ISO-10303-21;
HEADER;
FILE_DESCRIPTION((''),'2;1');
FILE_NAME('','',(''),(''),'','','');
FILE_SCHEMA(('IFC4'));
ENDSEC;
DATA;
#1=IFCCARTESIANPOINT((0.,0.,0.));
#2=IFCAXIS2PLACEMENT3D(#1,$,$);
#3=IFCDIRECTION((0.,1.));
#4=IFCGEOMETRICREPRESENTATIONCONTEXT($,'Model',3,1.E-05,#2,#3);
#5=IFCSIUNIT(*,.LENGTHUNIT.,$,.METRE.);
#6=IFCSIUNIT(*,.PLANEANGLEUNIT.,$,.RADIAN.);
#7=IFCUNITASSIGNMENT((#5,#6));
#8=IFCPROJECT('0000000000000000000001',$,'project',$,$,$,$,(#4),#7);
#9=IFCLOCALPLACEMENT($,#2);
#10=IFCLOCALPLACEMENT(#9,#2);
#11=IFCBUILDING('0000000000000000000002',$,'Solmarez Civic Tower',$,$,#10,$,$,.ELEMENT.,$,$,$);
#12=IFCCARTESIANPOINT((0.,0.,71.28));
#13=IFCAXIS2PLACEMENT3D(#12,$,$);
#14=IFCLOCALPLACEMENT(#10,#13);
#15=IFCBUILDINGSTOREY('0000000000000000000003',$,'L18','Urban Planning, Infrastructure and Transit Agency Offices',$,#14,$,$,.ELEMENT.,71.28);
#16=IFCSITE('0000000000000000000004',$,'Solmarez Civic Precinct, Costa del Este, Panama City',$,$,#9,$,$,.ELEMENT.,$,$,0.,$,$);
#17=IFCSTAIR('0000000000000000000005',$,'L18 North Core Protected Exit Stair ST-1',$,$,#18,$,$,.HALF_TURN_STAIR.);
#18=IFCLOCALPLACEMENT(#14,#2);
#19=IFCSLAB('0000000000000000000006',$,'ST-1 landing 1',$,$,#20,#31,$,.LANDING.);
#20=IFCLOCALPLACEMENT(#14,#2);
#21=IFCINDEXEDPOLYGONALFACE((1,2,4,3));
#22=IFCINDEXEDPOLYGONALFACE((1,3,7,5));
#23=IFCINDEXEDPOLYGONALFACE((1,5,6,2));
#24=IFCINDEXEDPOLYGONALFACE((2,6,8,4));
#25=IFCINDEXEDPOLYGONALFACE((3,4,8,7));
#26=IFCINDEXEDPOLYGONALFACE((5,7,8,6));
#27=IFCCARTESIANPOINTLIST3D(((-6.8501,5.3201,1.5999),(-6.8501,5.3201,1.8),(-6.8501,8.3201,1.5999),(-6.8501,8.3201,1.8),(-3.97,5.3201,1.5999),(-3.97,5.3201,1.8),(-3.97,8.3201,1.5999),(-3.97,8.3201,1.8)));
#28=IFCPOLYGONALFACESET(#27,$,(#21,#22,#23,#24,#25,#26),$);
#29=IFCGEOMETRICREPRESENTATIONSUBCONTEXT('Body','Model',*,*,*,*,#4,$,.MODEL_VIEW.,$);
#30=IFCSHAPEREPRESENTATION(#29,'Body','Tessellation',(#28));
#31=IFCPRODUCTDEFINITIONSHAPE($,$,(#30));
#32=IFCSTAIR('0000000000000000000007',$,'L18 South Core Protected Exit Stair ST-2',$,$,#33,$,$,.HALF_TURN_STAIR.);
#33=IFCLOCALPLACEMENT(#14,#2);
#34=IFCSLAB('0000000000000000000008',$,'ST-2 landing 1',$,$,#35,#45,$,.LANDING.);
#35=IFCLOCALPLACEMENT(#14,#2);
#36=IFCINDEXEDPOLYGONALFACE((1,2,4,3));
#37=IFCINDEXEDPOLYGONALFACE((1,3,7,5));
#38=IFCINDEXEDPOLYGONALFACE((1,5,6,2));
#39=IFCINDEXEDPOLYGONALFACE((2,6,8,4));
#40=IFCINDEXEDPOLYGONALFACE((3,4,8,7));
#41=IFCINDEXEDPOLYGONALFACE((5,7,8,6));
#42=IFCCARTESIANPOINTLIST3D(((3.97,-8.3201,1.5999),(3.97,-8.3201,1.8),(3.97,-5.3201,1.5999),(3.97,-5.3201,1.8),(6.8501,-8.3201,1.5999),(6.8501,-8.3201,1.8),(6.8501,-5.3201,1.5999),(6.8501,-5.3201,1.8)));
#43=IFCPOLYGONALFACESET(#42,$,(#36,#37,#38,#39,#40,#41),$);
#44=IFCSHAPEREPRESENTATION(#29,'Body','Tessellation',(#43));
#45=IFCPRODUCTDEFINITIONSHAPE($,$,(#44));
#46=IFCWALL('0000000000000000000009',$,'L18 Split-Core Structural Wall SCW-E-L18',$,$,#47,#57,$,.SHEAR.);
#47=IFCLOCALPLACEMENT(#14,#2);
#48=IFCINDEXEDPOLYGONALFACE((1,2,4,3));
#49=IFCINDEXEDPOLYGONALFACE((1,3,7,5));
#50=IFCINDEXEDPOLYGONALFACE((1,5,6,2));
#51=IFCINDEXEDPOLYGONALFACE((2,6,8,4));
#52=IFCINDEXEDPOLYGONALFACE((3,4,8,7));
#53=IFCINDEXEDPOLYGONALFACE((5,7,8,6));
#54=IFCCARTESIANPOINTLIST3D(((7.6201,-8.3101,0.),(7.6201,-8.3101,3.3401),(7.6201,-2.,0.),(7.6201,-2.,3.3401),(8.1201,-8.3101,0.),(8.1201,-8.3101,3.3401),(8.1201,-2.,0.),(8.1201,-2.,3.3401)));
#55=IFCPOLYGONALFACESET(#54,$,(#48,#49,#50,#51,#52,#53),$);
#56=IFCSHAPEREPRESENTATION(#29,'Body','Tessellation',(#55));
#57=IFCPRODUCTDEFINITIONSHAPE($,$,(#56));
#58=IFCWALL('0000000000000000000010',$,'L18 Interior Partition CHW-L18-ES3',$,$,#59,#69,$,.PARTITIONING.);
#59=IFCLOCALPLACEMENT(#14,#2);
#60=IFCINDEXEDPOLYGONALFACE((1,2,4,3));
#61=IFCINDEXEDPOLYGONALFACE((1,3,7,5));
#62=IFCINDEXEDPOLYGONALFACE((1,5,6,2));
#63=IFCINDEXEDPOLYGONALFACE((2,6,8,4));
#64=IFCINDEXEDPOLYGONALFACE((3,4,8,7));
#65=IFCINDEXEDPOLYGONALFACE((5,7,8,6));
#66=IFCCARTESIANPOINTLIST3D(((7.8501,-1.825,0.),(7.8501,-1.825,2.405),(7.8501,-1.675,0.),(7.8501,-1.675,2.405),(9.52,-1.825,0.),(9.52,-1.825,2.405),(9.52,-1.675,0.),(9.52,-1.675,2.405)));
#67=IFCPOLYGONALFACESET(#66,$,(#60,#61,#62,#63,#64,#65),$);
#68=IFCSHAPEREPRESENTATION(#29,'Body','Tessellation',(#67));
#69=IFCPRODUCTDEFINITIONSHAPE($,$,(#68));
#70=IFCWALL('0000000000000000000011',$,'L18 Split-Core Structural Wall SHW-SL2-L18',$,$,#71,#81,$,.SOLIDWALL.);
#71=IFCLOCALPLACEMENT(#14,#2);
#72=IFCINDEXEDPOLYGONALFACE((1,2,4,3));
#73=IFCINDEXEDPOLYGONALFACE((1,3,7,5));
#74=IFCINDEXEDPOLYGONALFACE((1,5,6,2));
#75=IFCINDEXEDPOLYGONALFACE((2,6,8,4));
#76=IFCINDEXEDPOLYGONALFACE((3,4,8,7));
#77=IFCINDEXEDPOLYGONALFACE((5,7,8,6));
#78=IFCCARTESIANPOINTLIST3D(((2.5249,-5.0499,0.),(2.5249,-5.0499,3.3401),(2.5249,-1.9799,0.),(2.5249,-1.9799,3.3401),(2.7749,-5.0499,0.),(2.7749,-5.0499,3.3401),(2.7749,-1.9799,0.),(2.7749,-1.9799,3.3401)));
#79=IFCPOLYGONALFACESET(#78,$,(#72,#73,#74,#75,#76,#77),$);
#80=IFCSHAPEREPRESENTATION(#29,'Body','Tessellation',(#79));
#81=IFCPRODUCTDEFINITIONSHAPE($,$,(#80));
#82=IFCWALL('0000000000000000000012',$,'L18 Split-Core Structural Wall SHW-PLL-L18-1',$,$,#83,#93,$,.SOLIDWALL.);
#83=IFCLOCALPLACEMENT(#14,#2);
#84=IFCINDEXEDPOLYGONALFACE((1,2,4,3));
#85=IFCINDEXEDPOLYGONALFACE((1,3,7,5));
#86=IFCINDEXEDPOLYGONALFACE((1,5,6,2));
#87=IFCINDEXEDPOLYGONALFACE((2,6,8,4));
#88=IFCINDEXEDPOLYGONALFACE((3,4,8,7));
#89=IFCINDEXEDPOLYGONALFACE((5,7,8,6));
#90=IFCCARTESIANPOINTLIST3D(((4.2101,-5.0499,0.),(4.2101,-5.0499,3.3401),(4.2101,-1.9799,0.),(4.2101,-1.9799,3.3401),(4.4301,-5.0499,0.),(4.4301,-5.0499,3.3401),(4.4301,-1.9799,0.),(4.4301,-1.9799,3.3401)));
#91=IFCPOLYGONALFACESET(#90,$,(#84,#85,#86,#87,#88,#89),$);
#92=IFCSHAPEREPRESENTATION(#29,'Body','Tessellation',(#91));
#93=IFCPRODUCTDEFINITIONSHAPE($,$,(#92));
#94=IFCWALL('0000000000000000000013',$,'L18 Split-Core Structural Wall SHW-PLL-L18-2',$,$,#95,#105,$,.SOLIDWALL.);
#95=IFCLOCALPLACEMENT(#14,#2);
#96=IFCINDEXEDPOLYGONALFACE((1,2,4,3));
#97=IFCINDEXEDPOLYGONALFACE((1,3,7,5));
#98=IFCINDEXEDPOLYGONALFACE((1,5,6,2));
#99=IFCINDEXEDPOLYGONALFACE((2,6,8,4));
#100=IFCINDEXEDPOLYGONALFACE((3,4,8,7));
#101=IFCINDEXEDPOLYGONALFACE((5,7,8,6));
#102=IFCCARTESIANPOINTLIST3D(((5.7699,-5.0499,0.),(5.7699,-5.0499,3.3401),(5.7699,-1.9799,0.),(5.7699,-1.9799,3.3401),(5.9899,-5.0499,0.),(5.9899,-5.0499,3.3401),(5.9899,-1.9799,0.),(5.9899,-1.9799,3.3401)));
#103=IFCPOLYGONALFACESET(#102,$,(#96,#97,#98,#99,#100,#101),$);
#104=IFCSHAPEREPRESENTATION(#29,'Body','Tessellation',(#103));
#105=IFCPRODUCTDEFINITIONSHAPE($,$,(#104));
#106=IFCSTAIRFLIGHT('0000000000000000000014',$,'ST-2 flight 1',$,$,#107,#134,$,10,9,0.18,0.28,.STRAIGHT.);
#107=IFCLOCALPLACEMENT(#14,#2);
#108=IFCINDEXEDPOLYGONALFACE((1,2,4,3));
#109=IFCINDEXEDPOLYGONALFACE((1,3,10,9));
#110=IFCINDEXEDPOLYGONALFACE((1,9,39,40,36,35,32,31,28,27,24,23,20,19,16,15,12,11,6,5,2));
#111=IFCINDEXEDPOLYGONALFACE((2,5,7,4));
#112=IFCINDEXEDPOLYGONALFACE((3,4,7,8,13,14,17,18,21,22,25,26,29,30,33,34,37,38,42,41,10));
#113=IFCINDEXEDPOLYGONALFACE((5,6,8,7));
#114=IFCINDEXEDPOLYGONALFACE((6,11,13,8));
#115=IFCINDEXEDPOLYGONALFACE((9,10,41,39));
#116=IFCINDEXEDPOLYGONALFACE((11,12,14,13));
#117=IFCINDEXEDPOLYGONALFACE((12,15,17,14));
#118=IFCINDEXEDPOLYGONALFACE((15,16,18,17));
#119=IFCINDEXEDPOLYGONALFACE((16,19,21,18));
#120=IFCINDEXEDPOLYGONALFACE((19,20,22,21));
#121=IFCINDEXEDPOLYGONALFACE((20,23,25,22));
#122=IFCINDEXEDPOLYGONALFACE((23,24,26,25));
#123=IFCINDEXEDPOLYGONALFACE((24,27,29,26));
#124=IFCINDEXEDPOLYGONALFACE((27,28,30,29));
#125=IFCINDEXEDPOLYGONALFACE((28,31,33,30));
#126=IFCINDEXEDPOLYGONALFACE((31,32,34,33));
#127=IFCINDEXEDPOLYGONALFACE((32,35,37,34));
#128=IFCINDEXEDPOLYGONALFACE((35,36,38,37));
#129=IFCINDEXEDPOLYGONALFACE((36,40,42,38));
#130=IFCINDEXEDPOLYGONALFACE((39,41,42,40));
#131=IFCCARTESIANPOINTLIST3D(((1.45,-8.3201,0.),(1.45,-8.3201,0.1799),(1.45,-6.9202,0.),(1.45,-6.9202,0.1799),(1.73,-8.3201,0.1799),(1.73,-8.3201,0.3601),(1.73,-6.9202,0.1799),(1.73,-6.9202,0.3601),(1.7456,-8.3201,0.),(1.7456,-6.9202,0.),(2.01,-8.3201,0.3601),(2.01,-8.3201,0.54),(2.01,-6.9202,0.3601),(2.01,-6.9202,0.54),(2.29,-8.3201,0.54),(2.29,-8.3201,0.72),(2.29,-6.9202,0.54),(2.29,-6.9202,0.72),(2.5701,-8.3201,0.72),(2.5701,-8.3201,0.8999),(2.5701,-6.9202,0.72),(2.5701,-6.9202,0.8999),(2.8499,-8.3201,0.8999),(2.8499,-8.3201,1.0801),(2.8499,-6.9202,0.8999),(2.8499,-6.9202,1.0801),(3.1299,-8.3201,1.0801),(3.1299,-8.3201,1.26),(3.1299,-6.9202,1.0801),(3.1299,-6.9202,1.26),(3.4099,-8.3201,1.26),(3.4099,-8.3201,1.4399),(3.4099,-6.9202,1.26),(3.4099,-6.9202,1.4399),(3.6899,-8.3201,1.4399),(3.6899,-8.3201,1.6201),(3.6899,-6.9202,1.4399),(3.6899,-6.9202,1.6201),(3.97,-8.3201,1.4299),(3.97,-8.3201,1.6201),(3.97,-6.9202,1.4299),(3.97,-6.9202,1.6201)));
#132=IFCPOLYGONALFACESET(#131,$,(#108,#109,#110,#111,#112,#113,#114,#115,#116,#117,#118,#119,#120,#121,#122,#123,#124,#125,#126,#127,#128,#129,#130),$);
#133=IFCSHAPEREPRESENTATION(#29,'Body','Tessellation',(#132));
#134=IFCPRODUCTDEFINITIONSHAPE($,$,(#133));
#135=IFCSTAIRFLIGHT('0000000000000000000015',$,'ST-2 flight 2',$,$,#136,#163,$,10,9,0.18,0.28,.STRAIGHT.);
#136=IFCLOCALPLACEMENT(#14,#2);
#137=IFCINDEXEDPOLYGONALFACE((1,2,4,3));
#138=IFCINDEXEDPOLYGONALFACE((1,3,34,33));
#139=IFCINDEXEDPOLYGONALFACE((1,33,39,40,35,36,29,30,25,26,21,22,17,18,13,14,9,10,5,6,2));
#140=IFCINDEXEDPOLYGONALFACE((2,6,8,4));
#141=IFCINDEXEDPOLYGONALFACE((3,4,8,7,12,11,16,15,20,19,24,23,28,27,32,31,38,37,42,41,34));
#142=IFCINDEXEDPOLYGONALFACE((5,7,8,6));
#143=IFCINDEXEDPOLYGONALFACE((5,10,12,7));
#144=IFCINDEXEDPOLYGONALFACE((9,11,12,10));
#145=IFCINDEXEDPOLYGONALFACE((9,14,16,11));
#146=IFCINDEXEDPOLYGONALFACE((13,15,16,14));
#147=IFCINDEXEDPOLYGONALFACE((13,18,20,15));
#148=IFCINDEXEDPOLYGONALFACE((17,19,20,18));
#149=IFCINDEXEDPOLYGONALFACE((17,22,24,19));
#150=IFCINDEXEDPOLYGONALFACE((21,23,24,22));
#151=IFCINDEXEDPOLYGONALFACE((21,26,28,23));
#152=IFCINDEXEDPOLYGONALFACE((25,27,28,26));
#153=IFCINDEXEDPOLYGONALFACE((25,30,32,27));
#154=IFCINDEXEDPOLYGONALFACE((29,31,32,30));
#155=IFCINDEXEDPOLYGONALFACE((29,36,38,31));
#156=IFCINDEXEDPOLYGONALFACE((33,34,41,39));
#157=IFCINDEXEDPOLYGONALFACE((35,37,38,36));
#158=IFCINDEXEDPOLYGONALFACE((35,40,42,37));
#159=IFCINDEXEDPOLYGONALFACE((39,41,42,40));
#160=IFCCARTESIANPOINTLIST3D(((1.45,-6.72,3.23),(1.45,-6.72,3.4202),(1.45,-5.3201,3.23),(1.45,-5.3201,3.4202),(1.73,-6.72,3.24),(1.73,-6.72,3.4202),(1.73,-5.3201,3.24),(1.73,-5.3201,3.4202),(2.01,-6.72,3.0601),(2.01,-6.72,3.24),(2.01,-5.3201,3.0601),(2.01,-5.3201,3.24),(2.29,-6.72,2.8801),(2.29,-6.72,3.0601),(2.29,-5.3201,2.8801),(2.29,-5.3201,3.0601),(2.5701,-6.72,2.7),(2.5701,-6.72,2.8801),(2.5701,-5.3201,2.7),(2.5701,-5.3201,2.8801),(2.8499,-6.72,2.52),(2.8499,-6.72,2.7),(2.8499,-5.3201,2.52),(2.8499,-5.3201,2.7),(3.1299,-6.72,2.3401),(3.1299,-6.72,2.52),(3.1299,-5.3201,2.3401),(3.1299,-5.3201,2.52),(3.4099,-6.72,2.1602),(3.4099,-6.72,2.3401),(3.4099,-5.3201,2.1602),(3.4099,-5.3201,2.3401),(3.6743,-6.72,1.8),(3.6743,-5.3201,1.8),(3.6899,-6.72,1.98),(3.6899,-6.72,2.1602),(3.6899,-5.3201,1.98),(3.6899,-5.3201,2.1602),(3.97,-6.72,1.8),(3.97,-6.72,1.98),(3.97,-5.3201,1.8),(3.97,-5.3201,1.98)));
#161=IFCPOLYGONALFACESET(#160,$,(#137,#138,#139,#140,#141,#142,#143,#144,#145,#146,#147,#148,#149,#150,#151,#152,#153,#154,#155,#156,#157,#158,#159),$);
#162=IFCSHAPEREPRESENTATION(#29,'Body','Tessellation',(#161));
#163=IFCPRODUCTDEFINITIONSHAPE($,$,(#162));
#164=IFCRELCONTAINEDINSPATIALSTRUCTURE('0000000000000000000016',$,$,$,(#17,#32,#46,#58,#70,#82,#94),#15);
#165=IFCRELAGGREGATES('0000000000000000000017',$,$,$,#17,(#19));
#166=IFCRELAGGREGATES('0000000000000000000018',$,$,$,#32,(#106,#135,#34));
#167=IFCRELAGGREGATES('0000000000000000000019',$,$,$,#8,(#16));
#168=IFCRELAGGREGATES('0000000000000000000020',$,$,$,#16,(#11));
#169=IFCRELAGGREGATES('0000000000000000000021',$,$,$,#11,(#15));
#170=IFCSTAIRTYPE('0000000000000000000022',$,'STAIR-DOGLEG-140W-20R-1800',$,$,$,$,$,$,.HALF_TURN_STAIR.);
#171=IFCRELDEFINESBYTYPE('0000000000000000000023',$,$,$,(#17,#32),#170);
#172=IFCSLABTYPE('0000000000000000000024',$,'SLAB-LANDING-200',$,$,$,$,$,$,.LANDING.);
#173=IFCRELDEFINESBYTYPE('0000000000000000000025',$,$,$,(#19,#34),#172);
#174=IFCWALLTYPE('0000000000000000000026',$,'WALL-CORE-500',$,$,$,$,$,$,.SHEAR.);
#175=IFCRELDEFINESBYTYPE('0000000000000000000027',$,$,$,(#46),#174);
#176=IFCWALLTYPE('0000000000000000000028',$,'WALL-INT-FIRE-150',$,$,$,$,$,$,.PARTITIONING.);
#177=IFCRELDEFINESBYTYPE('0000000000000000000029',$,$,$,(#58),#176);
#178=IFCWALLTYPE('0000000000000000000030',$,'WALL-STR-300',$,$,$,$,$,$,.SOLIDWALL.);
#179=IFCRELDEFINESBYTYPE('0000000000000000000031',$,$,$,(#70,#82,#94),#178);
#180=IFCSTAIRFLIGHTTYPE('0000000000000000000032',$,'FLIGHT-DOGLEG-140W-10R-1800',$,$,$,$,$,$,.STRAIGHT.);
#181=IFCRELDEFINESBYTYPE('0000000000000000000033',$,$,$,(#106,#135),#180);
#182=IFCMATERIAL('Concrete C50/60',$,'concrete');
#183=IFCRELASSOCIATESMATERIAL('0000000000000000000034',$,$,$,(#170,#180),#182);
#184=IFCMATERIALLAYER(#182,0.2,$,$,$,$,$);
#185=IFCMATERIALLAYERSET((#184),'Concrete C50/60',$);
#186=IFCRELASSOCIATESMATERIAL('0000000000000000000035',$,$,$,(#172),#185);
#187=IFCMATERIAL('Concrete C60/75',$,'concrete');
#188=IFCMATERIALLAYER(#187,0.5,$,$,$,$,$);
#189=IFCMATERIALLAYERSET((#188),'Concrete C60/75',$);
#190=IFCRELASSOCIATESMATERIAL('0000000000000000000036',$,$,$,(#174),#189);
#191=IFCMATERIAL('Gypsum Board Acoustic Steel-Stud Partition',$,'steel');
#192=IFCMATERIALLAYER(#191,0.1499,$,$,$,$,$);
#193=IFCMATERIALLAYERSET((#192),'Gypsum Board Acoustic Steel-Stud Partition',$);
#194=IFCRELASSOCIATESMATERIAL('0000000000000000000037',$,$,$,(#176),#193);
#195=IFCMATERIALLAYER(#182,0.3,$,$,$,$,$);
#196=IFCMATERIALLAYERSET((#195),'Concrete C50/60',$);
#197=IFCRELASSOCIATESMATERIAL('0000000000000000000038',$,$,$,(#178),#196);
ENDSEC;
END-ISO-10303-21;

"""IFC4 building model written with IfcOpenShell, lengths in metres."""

from ifc_helpers import new_model, si_unit, direction, frame, frame_2d, origin, place, context, subcontext, project, spatial, polyline, rectangle, outline, extrude, material, layer, layer_set, type_object, element, aggregate, save


model = new_model("IFC4")

# Units and contexts
model_context = context("Model", 3, precision=1e-05, world=origin(), true_north=direction((0.0, 1.0)))
body_context = subcontext(model_context, "Body", "Model", "MODEL_VIEW")
ifc_project = project(units=[si_unit("LENGTHUNIT", "METRE"), si_unit("PLANEANGLEUNIT", "RADIAN")], contexts=[model_context])

# Site, building, storey
site_placement = place(None, origin())
site = spatial("IfcSite", under=ifc_project, at=site_placement, Name="Solmarez Civic Precinct, Costa del Este, Panama City", CompositionType="ELEMENT", RefElevation=0.0)
building_placement = place(site_placement, origin())
building = spatial("IfcBuilding", under=site, at=building_placement, Name="Solmarez Civic Tower", CompositionType="ELEMENT")
storey_placement = place(building_placement, frame((0.0, 0.0, 71.28)))
storey = spatial("IfcBuildingStorey", under=building, at=storey_placement, Name="L18", Description="Urban Planning, Infrastructure and Transit Agency Offices", CompositionType="ELEMENT", Elevation=71.28)

# Stairs, slabs
ifc_material_1 = material(Name="Concrete C50/60", Category="concrete")
stair_type = type_object("IfcStairType", Name="STAIR-DOGLEG-140W-20R-1800", PredefinedType="HALF_TURN_STAIR", material=ifc_material_1)
stair_1_placement = place(storey_placement, origin())
stair_1 = element("IfcStair", 1, at=stair_1_placement, inside=storey, type_object=stair_type, Name="L18 North Core Protected Exit Stair ST-1", PredefinedType="HALF_TURN_STAIR")
ifc_layer_1 = layer(ifc_material_1, 0.2)
ifc_layer_set_1 = layer_set([ifc_layer_1], Name="Concrete C50/60")
slab_type = type_object("IfcSlabType", Name="SLAB-LANDING-200", PredefinedType="LANDING", material=ifc_layer_set_1)
slab_1_placement = place(storey_placement, frame((0.0, 0.0, 1.5999)))
slab_1 = element("IfcSlab", 2, at=slab_1_placement, type_object=slab_type, Name="ST-1 landing 1", PredefinedType="LANDING", context=body_context, shape_type="SweptSolid", body=[
    extrude(outline(polyline([(-3.97, 8.3201), (-6.8501, 8.3201), (-6.8501, 5.3201), (-3.97, 5.3201), (-3.97, 8.3201)])), origin(), (0.0, 0.0, 1.0), 0.2002),
])
aggregate(stair_1, [slab_1])
stair_2_placement = place(storey_placement, origin())
stair_2 = element("IfcStair", 3, at=stair_2_placement, inside=storey, type_object=stair_type, Name="L18 South Core Protected Exit Stair ST-2", PredefinedType="HALF_TURN_STAIR")
slab_2_placement = place(storey_placement, frame((0.0, 0.0, 1.5999)))
slab_2 = element("IfcSlab", 4, at=slab_2_placement, type_object=slab_type, Name="ST-2 landing 1", PredefinedType="LANDING", context=body_context, shape_type="SweptSolid", body=[
    extrude(outline(polyline([(3.97, -8.3201), (6.8501, -8.3201), (6.8501, -5.3201), (3.97, -5.3201), (3.97, -8.3201)])), origin(), (0.0, 0.0, 1.0), 0.2002),
])

# Walls
ifc_material_2 = material(Name="Concrete C60/75", Category="concrete")
ifc_layer_2 = layer(ifc_material_2, 0.5)
ifc_layer_set_2 = layer_set([ifc_layer_2], Name="Concrete C60/75")
wall_type_1 = type_object("IfcWallType", Name="WALL-CORE-500", PredefinedType="SHEAR", material=ifc_layer_set_2)
wall_1_placement = place(storey_placement, frame((7.8701, -2.0, 0.0), z_axis=(0.0, 0.0, 1.0), x_axis=(0.0, -1.0, 0.0)))
element("IfcWall", 5, at=wall_1_placement, inside=storey, type_object=wall_type_1, Name="L18 Split-Core Structural Wall SCW-E-L18", PredefinedType="SHEAR", context=body_context, shape_type="SweptSolid", body=[
    extrude(rectangle(XDim=6.3101, YDim=0.5, at=frame_2d((3.155, 0.0))), origin(), (0.0, 0.0, 1.0), 3.3401),
])
ifc_material_3 = material(Name="Gypsum Board Acoustic Steel-Stud Partition", Category="steel")
ifc_layer_3 = layer(ifc_material_3, 0.1499)
ifc_layer_set_3 = layer_set([ifc_layer_3], Name="Gypsum Board Acoustic Steel-Stud Partition")
wall_type_2 = type_object("IfcWallType", Name="WALL-INT-FIRE-150", PredefinedType="PARTITIONING", material=ifc_layer_set_3)
wall_2_placement = place(storey_placement, frame((7.8501, -1.75, 0.0), z_axis=(0.0, 0.0, 1.0), x_axis=(1.0, 0.0, 0.0)))
element("IfcWall", 6, at=wall_2_placement, inside=storey, type_object=wall_type_2, Name="L18 Interior Partition CHW-L18-ES3", PredefinedType="PARTITIONING", context=body_context, shape_type="SweptSolid", body=[
    extrude(rectangle(XDim=1.6699, YDim=0.1499, at=frame_2d((0.835, 0.0))), origin(), (0.0, 0.0, 1.0), 2.405),
])
ifc_layer_4 = layer(ifc_material_1, 0.3)
ifc_layer_set_4 = layer_set([ifc_layer_4], Name="Concrete C50/60")
wall_type_3 = type_object("IfcWallType", Name="WALL-STR-300", PredefinedType="SOLIDWALL", material=ifc_layer_set_4)
wall_3_placement = place(storey_placement, frame((2.6499, -5.05, 0.0), z_axis=(0.0, 0.0, 1.0), x_axis=(0.0, 1.0, 0.0)))
element("IfcWall", 7, at=wall_3_placement, inside=storey, type_object=wall_type_3, Name="L18 Split-Core Structural Wall SHW-SL2-L18", PredefinedType="SOLIDWALL", context=body_context, shape_type="SweptSolid", body=[
    extrude(rectangle(XDim=3.0701, YDim=0.25, at=frame_2d((1.5352, 0.0))), origin(), (0.0, 0.0, 1.0), 3.3401),
])
for number, where, z_axis, x_axis, name in (
    (8, (4.3201, -5.05, 0.0), (0.0, 0.0, 1.0), (0.0, 1.0, 0.0), "L18 Split-Core Structural Wall SHW-PLL-L18-1"),
    (9, (5.8799, -5.05, 0.0), (0.0, 0.0, 1.0), (0.0, 1.0, 0.0), "L18 Split-Core Structural Wall SHW-PLL-L18-2"),
):
    element("IfcWall", number, at=place(storey_placement, frame(where, z_axis=z_axis, x_axis=x_axis)), inside=storey, type_object=wall_type_3, Name=name, PredefinedType="SOLIDWALL", context=body_context, shape_type="SweptSolid", body=[
        extrude(rectangle(XDim=3.0701, YDim=0.22, at=frame_2d((1.5352, 0.0))), origin(), (0.0, 0.0, 1.0), 3.3401),
    ])

# Stair flights
stair_flight_type = type_object("IfcStairFlightType", Name="FLIGHT-DOGLEG-140W-10R-1800", PredefinedType="STRAIGHT", material=ifc_material_1)
stair_flight_1_placement = place(storey_placement, frame((1.45, -7.6201, 0.0), z_axis=(0.0, 0.0, 1.0), x_axis=(1.0, 0.0, 0.0)))
stair_flight_1 = element("IfcStairFlight", 10, at=stair_flight_1_placement, type_object=stair_flight_type, Name="ST-2 flight 1", NumberOfRisers=10, NumberOfTreads=9, PredefinedType="STRAIGHT", RiserHeight=0.18, TreadLength=0.28, context=body_context, shape_type="SweptSolid", body=[
    extrude(outline(polyline([(0.0, 0.0), (0.0, 0.1799), (0.28, 0.1799), (0.28, 0.3601), (0.5601, 0.3601), (0.5601, 0.54), (0.8401, 0.54), (0.8401, 0.72), (1.1201, 0.72), (1.1201, 0.8999), (1.3999, 0.8999), (1.3999, 1.0801), (1.6799, 1.0801), (1.6799, 1.26), (1.96, 1.26), (1.96, 1.4399), (2.24, 1.4399), (2.24, 1.6201), (2.52, 1.6201), (2.52, 1.8), (2.52, 1.4299), (0.2957, 0.0), (0.0, 0.0)])), frame((0.0, 0.7, 0.0), z_axis=(0.0, -1.0, 0.0), x_axis=(1.0, 0.0, 0.0)), (0.0, 0.0, 1.0), 1.3999),
])
stair_flight_2_placement = place(storey_placement, frame((3.97, -6.02, 1.8), z_axis=(0.0, 0.0, 1.0), x_axis=(-1.0, 0.0, 0.0)))
stair_flight_2 = element("IfcStairFlight", 11, at=stair_flight_2_placement, type_object=stair_flight_type, Name="ST-2 flight 2", NumberOfRisers=10, NumberOfTreads=9, PredefinedType="STRAIGHT", RiserHeight=0.18, TreadLength=0.28, context=body_context, shape_type="SweptSolid", body=[
    extrude(outline(polyline([(0.0, 0.0), (0.0, 0.1799), (0.28, 0.1799), (0.28, 0.3601), (0.5601, 0.3601), (0.5601, 0.54), (0.8401, 0.54), (0.8401, 0.72), (1.1201, 0.72), (1.1201, 0.8999), (1.3999, 0.8999), (1.3999, 1.0801), (1.6799, 1.0801), (1.6799, 1.26), (1.96, 1.26), (1.96, 1.4399), (2.24, 1.4399), (2.24, 1.6201), (2.52, 1.6201), (2.52, 1.8), (2.52, 1.4299), (0.2957, 0.0), (0.0, 0.0)])), frame((0.0, 0.7, 0.0), z_axis=(0.0, -1.0, 0.0), x_axis=(1.0, 0.0, 0.0)), (0.0, 0.0, 1.0), 1.3999),
])
aggregate(stair_2, [stair_flight_1, stair_flight_2, slab_2])

save(model, "model.ifc")
